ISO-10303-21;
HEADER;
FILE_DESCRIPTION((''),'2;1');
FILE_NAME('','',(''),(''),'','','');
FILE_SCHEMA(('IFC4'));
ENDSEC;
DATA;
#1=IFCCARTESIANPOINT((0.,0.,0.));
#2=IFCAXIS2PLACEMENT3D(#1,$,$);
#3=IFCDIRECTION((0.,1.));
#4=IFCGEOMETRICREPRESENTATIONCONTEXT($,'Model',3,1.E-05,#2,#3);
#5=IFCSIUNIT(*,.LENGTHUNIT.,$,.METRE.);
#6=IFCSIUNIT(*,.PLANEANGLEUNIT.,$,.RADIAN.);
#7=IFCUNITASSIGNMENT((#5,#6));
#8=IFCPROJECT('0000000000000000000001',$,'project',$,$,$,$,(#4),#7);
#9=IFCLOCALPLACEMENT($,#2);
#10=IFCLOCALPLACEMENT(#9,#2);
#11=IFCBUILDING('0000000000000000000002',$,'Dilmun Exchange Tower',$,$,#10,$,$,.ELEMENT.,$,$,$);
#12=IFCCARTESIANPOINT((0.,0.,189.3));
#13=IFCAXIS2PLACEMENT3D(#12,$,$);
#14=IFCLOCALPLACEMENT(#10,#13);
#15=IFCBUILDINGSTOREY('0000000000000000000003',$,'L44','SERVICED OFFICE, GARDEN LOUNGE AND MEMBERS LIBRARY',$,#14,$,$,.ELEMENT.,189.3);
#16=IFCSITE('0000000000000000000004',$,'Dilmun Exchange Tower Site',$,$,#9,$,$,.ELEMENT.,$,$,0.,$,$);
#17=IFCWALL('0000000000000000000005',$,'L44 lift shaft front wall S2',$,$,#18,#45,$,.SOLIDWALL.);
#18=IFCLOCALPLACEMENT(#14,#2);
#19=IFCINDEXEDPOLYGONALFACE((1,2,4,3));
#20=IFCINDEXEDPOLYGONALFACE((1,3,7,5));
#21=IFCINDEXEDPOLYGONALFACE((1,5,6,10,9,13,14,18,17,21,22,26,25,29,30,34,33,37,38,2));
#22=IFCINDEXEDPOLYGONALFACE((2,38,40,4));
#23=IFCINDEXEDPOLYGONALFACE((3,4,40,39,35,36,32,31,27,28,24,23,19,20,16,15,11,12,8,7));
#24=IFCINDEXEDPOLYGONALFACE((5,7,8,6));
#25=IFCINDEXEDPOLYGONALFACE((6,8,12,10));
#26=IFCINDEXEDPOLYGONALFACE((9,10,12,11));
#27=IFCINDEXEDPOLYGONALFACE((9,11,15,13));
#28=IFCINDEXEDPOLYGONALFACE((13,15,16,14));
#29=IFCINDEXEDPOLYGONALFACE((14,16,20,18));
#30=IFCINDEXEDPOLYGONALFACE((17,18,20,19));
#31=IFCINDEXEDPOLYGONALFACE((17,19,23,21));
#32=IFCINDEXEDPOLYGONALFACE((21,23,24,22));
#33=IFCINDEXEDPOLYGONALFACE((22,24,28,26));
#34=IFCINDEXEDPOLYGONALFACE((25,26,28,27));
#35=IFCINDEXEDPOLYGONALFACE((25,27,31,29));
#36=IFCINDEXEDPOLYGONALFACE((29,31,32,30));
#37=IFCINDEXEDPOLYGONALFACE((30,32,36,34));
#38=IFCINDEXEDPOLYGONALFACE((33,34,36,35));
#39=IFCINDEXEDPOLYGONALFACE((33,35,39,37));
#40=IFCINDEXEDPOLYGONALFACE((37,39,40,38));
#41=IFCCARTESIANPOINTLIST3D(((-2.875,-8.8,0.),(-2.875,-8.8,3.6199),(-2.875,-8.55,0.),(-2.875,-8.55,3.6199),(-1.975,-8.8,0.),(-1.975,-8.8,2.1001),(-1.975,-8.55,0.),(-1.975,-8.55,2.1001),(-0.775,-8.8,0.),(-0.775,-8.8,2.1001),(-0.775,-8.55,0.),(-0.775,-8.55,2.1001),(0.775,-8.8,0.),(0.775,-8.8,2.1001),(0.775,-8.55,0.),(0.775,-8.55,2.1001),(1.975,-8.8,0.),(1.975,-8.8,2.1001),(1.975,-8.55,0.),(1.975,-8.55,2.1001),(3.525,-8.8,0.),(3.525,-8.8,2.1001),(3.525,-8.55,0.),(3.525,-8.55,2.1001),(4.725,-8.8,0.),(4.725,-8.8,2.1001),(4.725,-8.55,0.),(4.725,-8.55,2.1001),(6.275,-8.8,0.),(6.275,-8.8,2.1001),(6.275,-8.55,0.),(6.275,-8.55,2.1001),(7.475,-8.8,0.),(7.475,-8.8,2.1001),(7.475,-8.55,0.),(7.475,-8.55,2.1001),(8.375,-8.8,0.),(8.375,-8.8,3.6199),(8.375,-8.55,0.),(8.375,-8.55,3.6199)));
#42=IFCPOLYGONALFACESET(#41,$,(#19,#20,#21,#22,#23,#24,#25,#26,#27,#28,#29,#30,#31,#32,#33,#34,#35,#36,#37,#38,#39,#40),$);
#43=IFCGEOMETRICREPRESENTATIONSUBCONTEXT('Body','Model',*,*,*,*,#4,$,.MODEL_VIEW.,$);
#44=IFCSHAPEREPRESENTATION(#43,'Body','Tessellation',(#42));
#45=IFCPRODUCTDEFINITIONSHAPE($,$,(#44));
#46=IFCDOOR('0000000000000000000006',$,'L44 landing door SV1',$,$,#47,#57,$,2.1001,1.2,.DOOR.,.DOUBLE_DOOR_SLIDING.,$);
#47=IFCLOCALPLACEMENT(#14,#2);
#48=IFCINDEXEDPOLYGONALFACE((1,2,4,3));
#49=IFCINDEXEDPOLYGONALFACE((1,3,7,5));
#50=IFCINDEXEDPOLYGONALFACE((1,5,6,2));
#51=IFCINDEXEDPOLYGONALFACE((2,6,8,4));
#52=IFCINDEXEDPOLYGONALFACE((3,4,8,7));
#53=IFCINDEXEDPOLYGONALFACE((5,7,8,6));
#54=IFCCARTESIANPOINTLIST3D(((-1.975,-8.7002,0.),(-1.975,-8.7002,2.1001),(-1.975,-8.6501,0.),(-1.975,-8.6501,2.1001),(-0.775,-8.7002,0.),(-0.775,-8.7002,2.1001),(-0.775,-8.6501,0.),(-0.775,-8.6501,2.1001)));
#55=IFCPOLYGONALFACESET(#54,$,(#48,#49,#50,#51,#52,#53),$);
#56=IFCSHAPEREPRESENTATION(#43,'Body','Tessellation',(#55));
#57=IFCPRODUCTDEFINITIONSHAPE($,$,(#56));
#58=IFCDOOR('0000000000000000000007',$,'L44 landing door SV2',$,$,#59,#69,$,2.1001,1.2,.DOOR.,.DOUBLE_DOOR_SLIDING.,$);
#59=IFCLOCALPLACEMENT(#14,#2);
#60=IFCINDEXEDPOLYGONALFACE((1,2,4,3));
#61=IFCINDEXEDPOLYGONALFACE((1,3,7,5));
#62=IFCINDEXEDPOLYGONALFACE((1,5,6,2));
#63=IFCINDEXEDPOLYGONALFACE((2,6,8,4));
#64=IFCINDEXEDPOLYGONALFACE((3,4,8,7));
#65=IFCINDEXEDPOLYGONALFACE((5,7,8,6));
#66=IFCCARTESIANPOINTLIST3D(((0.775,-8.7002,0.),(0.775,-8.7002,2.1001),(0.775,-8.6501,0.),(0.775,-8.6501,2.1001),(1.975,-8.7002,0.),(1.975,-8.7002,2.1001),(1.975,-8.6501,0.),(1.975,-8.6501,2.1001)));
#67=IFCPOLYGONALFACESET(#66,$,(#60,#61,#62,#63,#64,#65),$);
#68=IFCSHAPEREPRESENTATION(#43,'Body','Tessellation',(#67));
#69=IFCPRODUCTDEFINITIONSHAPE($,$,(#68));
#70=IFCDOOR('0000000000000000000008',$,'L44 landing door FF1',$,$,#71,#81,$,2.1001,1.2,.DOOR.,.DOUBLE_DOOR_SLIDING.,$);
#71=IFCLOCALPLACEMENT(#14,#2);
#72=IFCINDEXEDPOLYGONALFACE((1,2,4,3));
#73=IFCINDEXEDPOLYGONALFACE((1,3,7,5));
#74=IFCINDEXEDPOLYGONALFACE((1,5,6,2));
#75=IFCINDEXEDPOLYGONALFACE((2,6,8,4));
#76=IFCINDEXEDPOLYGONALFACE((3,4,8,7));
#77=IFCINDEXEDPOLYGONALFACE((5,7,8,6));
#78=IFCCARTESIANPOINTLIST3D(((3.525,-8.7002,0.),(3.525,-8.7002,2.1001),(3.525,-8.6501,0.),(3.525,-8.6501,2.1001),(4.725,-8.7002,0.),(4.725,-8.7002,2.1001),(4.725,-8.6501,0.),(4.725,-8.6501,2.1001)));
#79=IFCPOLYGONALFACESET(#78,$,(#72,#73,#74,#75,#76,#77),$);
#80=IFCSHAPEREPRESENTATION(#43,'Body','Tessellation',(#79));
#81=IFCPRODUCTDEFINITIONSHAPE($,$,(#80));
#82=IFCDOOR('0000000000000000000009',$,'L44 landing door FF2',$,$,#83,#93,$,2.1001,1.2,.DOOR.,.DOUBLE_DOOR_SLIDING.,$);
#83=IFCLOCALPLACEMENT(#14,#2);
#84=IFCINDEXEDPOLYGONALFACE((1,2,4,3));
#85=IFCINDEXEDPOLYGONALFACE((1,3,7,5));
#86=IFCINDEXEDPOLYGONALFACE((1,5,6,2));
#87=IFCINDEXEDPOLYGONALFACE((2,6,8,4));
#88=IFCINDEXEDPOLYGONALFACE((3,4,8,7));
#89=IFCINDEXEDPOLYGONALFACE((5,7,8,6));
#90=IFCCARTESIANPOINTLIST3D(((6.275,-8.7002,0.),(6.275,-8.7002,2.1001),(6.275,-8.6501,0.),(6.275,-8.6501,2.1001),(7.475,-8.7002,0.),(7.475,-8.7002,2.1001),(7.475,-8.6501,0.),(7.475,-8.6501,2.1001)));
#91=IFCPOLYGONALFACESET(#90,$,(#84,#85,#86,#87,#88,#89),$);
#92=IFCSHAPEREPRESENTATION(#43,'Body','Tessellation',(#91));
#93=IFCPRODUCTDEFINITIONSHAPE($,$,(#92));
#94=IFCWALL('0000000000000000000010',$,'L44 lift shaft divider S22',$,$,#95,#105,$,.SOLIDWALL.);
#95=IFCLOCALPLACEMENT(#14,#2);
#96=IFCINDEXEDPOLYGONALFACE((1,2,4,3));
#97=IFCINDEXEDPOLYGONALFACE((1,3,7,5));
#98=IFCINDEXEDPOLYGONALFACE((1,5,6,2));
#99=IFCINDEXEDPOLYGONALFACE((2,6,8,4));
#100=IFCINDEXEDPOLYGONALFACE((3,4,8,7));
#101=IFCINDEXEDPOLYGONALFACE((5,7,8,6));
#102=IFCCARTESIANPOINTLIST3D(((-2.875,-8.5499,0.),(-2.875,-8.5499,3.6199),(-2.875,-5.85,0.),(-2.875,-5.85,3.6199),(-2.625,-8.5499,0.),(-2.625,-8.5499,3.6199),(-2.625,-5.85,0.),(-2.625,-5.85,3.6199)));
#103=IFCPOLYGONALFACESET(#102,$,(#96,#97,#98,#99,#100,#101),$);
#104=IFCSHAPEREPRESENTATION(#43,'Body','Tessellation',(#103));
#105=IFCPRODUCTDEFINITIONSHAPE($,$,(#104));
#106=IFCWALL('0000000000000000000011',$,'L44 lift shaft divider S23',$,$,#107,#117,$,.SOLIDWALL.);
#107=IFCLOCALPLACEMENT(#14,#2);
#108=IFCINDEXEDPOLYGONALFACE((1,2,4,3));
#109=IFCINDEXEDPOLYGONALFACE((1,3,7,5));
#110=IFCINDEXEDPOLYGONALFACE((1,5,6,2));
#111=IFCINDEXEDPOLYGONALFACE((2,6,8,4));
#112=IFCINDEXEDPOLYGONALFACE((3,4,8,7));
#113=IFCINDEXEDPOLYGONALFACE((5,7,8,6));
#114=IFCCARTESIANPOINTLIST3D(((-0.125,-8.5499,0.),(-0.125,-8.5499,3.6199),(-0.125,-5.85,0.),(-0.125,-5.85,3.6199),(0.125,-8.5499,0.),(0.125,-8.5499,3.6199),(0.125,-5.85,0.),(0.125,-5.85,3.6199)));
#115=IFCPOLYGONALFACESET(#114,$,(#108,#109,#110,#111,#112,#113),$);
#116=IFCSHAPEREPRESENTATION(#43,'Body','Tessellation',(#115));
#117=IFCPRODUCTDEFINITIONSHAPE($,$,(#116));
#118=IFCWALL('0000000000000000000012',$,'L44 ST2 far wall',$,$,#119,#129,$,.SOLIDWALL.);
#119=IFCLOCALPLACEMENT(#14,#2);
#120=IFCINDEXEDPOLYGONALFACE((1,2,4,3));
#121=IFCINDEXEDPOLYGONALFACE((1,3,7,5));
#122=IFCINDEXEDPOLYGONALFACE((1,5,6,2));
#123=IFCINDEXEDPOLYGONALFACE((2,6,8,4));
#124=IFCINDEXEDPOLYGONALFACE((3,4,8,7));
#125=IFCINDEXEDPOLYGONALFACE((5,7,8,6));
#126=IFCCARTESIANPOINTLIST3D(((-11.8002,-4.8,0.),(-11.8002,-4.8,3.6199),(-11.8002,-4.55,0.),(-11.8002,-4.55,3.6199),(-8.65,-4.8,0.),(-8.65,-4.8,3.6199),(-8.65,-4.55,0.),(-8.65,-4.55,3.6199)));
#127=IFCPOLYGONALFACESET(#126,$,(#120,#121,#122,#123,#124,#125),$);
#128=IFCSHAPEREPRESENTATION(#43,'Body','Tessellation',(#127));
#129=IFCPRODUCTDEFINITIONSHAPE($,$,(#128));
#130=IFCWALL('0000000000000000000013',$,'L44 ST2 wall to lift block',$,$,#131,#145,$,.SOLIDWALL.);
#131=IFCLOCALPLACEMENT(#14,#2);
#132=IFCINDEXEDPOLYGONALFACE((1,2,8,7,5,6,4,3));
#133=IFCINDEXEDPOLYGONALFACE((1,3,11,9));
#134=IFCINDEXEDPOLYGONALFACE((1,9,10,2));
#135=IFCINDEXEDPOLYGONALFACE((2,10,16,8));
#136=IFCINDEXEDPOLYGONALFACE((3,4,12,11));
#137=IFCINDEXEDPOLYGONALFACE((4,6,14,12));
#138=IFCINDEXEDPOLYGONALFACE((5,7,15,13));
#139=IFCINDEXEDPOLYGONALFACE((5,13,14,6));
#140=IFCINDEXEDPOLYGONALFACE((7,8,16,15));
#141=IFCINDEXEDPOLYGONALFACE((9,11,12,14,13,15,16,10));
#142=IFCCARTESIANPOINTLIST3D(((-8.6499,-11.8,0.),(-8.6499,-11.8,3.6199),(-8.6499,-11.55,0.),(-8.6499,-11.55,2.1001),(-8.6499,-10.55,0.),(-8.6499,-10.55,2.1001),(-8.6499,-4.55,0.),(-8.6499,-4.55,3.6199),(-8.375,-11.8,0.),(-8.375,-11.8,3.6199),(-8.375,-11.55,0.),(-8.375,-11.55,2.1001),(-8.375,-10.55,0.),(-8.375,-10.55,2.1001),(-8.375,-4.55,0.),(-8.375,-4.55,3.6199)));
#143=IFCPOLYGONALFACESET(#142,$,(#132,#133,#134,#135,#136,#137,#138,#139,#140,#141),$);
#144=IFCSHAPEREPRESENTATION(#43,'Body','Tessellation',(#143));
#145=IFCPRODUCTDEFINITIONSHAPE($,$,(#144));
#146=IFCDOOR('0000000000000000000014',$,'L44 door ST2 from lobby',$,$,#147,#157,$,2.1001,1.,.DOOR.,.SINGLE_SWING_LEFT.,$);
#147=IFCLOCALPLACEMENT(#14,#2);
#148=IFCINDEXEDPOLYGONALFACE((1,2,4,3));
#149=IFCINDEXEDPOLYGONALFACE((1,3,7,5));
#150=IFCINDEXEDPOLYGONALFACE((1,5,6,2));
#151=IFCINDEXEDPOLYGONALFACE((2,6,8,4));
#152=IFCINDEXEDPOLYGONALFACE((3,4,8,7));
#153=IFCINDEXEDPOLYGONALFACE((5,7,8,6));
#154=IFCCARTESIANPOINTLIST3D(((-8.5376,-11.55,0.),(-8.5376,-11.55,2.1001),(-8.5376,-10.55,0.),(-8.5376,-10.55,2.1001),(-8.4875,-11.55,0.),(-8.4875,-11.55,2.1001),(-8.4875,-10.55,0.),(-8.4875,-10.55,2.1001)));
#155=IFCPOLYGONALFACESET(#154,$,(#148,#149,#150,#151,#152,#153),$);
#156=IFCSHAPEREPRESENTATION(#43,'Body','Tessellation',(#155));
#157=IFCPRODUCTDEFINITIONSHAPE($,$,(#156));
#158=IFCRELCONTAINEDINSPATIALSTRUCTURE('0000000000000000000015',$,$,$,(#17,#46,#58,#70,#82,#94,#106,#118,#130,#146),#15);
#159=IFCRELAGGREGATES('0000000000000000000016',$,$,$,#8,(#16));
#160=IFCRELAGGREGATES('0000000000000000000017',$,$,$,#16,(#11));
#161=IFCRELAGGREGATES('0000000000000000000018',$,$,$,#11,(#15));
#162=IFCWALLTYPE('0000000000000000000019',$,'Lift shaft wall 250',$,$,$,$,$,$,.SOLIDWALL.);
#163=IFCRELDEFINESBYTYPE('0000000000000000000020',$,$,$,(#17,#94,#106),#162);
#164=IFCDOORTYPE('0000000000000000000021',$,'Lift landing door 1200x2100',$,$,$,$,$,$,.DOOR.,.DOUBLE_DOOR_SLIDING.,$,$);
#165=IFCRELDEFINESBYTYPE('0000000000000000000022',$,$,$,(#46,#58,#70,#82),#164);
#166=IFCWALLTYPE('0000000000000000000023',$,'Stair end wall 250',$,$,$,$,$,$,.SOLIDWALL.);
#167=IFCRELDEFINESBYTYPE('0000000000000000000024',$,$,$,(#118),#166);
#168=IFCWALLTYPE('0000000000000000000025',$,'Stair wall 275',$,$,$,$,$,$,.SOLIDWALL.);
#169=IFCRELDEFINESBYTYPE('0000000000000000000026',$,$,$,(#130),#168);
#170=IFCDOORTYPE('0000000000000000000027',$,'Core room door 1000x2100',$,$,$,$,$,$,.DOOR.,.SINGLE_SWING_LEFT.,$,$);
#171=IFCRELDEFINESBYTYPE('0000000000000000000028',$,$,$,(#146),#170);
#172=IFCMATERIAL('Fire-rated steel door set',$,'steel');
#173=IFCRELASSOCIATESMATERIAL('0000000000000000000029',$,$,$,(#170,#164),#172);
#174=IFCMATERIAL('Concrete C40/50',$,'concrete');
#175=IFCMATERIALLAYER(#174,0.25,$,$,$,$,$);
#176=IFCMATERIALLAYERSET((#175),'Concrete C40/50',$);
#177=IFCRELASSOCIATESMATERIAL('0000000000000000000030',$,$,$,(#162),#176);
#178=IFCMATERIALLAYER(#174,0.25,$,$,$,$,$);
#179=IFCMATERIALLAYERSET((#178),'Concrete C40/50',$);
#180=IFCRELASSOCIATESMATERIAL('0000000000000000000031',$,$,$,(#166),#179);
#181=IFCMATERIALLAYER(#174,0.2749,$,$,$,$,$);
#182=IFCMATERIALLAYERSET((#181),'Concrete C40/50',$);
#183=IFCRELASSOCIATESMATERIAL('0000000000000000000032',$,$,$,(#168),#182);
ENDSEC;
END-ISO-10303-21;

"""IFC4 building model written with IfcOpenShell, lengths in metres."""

from ifc_helpers import new_model, si_unit, direction, frame, frame_2d, origin, place, context, subcontext, project, spatial, rectangle, extrude, material, layer, layer_set, type_object, element, fill, save


model = new_model("IFC4")

# Units and contexts
model_context = context("Model", 3, precision=1e-05, world=origin(), true_north=direction((0.0, 1.0)))
body_context = subcontext(model_context, "Body", "Model", "MODEL_VIEW")
ifc_project = project(units=[si_unit("LENGTHUNIT", "METRE"), si_unit("PLANEANGLEUNIT", "RADIAN")], contexts=[model_context])

# Site, building, storey
site_placement = place(None, origin())
site = spatial("IfcSite", under=ifc_project, at=site_placement, Name="Dilmun Exchange Tower Site", CompositionType="ELEMENT", RefElevation=0.0)
building_placement = place(site_placement, origin())
building = spatial("IfcBuilding", under=site, at=building_placement, Name="Dilmun Exchange Tower", CompositionType="ELEMENT")
storey_placement = place(building_placement, frame((0.0, 0.0, 189.3)))
storey = spatial("IfcBuildingStorey", under=building, at=storey_placement, Name="L44", Description="SERVICED OFFICE, GARDEN LOUNGE AND MEMBERS LIBRARY", CompositionType="ELEMENT", Elevation=189.3)

# Shared definitions
ifc_material_1 = material(Name="Concrete C40/50", Category="concrete")

# Shared definitions
ifc_material_2 = material(Name="Fire-rated steel door set", Category="steel")
door_type_1 = type_object("IfcDoorType", Name="Core room door 1000x2100", OperationType="SINGLE_SWING_LEFT", PredefinedType="DOOR", material=ifc_material_2)

# Shared definitions
ifc_layer_1 = layer(ifc_material_1, 0.25)
ifc_layer_set_1 = layer_set([ifc_layer_1], Name="Concrete C40/50")
wall_type_1 = type_object("IfcWallType", Name="Lift shaft wall 250", PredefinedType="SOLIDWALL", material=ifc_layer_set_1)

# Wall, openings, doors
wall_1_placement = place(storey_placement, frame((-2.875, -8.675, 0.0), z_axis=(0.0, 0.0, 1.0), x_axis=(1.0, 0.0, 0.0)))
wall_1 = element("IfcWall", 1, at=wall_1_placement, inside=storey, type_object=wall_type_1, Name="L44 lift shaft front wall S2", PredefinedType="SOLIDWALL", context=body_context, shape_type="SweptSolid", body=[
    extrude(rectangle(XDim=11.25, YDim=0.25, at=frame_2d((5.625, 0.0))), origin(), (0.0, 0.0, 1.0), 3.6199),
])
opening_1_placement = place(wall_1_placement, frame((0.8999, 0.0, 0.0)))
opening_1 = element("IfcOpeningElement", 2, at=opening_1_placement, cuts=wall_1, PredefinedType="OPENING", context=body_context, shape_type="SweptSolid", body=[
    extrude(rectangle(XDim=1.2, YDim=2.1001, at=frame_2d((0.6001, 1.05))), frame((0.0, 0.135, 0.0), z_axis=(0.0, -1.0, 0.0), x_axis=(1.0, 0.0, 0.0)), (0.0, 0.0, 1.0), 0.27),
])
opening_2_placement = place(wall_1_placement, frame((3.6499, 0.0, 0.0)))
opening_2 = element("IfcOpeningElement", 3, at=opening_2_placement, cuts=wall_1, PredefinedType="OPENING", context=body_context, shape_type="SweptSolid", body=[
    extrude(rectangle(XDim=1.2, YDim=2.1001, at=frame_2d((0.6001, 1.05))), frame((0.0, 0.135, 0.0), z_axis=(0.0, -1.0, 0.0), x_axis=(1.0, 0.0, 0.0)), (0.0, 0.0, 1.0), 0.27),
])
opening_3_placement = place(wall_1_placement, frame((6.3999, 0.0, 0.0)))
opening_3 = element("IfcOpeningElement", 4, at=opening_3_placement, cuts=wall_1, PredefinedType="OPENING", context=body_context, shape_type="SweptSolid", body=[
    extrude(rectangle(XDim=1.2, YDim=2.1001, at=frame_2d((0.6001, 1.05))), frame((0.0, 0.135, 0.0), z_axis=(0.0, -1.0, 0.0), x_axis=(1.0, 0.0, 0.0)), (0.0, 0.0, 1.0), 0.27),
])
opening_4_placement = place(wall_1_placement, frame((9.1499, 0.0, 0.0)))
opening_4 = element("IfcOpeningElement", 5, at=opening_4_placement, cuts=wall_1, PredefinedType="OPENING", context=body_context, shape_type="SweptSolid", body=[
    extrude(rectangle(XDim=1.2, YDim=2.1001, at=frame_2d((0.6001, 1.05))), frame((0.0, 0.135, 0.0), z_axis=(0.0, -1.0, 0.0), x_axis=(1.0, 0.0, 0.0)), (0.0, 0.0, 1.0), 0.27),
])
door_type_2 = type_object("IfcDoorType", Name="Lift landing door 1200x2100", OperationType="DOUBLE_DOOR_SLIDING", PredefinedType="DOOR", material=ifc_material_2)
door_1_placement = place(opening_1_placement, origin())
door_1 = element("IfcDoor", 6, at=door_1_placement, inside=storey, type_object=door_type_2, Name="L44 landing door SV1", OperationType="DOUBLE_DOOR_SLIDING", OverallHeight=2.1001, OverallWidth=1.2, PredefinedType="DOOR", context=body_context, shape_type="SweptSolid", body=[
    extrude(rectangle(XDim=1.2, YDim=2.1001, at=frame_2d((0.6001, 1.05))), frame((0.0, 0.0249, 0.0), z_axis=(0.0, -1.0, 0.0), x_axis=(1.0, 0.0, 0.0)), (0.0, 0.0, 1.0), 0.05),
])
fill(opening_1, door_1)
door_2_placement = place(opening_2_placement, origin())
door_2 = element("IfcDoor", 7, at=door_2_placement, inside=storey, type_object=door_type_2, Name="L44 landing door SV2", OperationType="DOUBLE_DOOR_SLIDING", OverallHeight=2.1001, OverallWidth=1.2, PredefinedType="DOOR", context=body_context, shape_type="SweptSolid", body=[
    extrude(rectangle(XDim=1.2, YDim=2.1001, at=frame_2d((0.6001, 1.05))), frame((0.0, 0.0249, 0.0), z_axis=(0.0, -1.0, 0.0), x_axis=(1.0, 0.0, 0.0)), (0.0, 0.0, 1.0), 0.05),
])
fill(opening_2, door_2)
door_3_placement = place(opening_3_placement, origin())
door_3 = element("IfcDoor", 8, at=door_3_placement, inside=storey, type_object=door_type_2, Name="L44 landing door FF1", OperationType="DOUBLE_DOOR_SLIDING", OverallHeight=2.1001, OverallWidth=1.2, PredefinedType="DOOR", context=body_context, shape_type="SweptSolid", body=[
    extrude(rectangle(XDim=1.2, YDim=2.1001, at=frame_2d((0.6001, 1.05))), frame((0.0, 0.0249, 0.0), z_axis=(0.0, -1.0, 0.0), x_axis=(1.0, 0.0, 0.0)), (0.0, 0.0, 1.0), 0.05),
])
fill(opening_3, door_3)
door_4_placement = place(opening_4_placement, origin())
door_4 = element("IfcDoor", 9, at=door_4_placement, inside=storey, type_object=door_type_2, Name="L44 landing door FF2", OperationType="DOUBLE_DOOR_SLIDING", OverallHeight=2.1001, OverallWidth=1.2, PredefinedType="DOOR", context=body_context, shape_type="SweptSolid", body=[
    extrude(rectangle(XDim=1.2, YDim=2.1001, at=frame_2d((0.6001, 1.05))), frame((0.0, 0.0249, 0.0), z_axis=(0.0, -1.0, 0.0), x_axis=(1.0, 0.0, 0.0)), (0.0, 0.0, 1.0), 0.05),
])
fill(opening_4, door_4)

# Walls
for number, where, z_axis, x_axis, name in (
    (10, (-2.75, -8.55, 0.0), (0.0, 0.0, 1.0), (0.0, 1.0, 0.0), "L44 lift shaft divider S22"),
    (11, (0.0, -8.55, 0.0), (0.0, 0.0, 1.0), (0.0, 1.0, 0.0), "L44 lift shaft divider S23"),
):
    element("IfcWall", number, at=place(storey_placement, frame(where, z_axis=z_axis, x_axis=x_axis)), inside=storey, type_object=wall_type_1, Name=name, PredefinedType="SOLIDWALL", context=body_context, shape_type="SweptSolid", body=[
        extrude(rectangle(XDim=2.7, YDim=0.25, at=frame_2d((1.3501, 0.0))), origin(), (0.0, 0.0, 1.0), 3.6199),
    ])
ifc_layer_2 = layer(ifc_material_1, 0.25)
ifc_layer_set_2 = layer_set([ifc_layer_2], Name="Concrete C40/50")
wall_type_2 = type_object("IfcWallType", Name="Stair end wall 250", PredefinedType="SOLIDWALL", material=ifc_layer_set_2)
wall_2_placement = place(storey_placement, frame((-8.6499, -4.675, 0.0), z_axis=(0.0, 0.0, 1.0), x_axis=(-1.0, 0.0, 0.0)))
element("IfcWall", 12, at=wall_2_placement, inside=storey, type_object=wall_type_2, Name="L44 ST2 far wall", PredefinedType="SOLIDWALL", context=body_context, shape_type="SweptSolid", body=[
    extrude(rectangle(XDim=3.1501, YDim=0.25, at=frame_2d((1.5752, 0.0))), origin(), (0.0, 0.0, 1.0), 3.6199),
])

# Wall, opening, door
ifc_layer_3 = layer(ifc_material_1, 0.2749)
ifc_layer_set_3 = layer_set([ifc_layer_3], Name="Concrete C40/50")
wall_type_3 = type_object("IfcWallType", Name="Stair wall 275", PredefinedType="SOLIDWALL", material=ifc_layer_set_3)
wall_3_placement = place(storey_placement, frame((-8.5125, -4.55, 0.0), z_axis=(0.0, 0.0, 1.0), x_axis=(0.0, -1.0, 0.0)))
wall_3 = element("IfcWall", 13, at=wall_3_placement, inside=storey, type_object=wall_type_3, Name="L44 ST2 wall to lift block", PredefinedType="SOLIDWALL", context=body_context, shape_type="SweptSolid", body=[
    extrude(rectangle(XDim=7.25, YDim=0.2749, at=frame_2d((3.625, 0.0))), origin(), (0.0, 0.0, 1.0), 3.6199),
])
opening_5_placement = place(wall_3_placement, frame((6.0, 0.0, 0.0)))
opening_5 = element("IfcOpeningElement", 14, at=opening_5_placement, cuts=wall_3, PredefinedType="OPENING", context=body_context, shape_type="SweptSolid", body=[
    extrude(rectangle(XDim=1.0, YDim=2.1001, at=frame_2d((0.5, 1.05))), frame((0.0, 0.1475, 0.0), z_axis=(0.0, -1.0, 0.0), x_axis=(1.0, 0.0, 0.0)), (0.0, 0.0, 1.0), 0.2949),
])
door_5_placement = place(opening_5_placement, origin())
door_5 = element("IfcDoor", 15, at=door_5_placement, inside=storey, type_object=door_type_1, Name="L44 door ST2 from lobby", OperationType="SINGLE_SWING_LEFT", OverallHeight=2.1001, OverallWidth=1.0, PredefinedType="DOOR", context=body_context, shape_type="SweptSolid", body=[
    extrude(rectangle(XDim=1.0, YDim=2.1001, at=frame_2d((0.5, 1.05))), frame((0.0, 0.0249, 0.0), z_axis=(0.0, -1.0, 0.0), x_axis=(1.0, 0.0, 0.0)), (0.0, 0.0, 1.0), 0.05),
])
fill(opening_5, door_5)

save(model, "model.ifc")
